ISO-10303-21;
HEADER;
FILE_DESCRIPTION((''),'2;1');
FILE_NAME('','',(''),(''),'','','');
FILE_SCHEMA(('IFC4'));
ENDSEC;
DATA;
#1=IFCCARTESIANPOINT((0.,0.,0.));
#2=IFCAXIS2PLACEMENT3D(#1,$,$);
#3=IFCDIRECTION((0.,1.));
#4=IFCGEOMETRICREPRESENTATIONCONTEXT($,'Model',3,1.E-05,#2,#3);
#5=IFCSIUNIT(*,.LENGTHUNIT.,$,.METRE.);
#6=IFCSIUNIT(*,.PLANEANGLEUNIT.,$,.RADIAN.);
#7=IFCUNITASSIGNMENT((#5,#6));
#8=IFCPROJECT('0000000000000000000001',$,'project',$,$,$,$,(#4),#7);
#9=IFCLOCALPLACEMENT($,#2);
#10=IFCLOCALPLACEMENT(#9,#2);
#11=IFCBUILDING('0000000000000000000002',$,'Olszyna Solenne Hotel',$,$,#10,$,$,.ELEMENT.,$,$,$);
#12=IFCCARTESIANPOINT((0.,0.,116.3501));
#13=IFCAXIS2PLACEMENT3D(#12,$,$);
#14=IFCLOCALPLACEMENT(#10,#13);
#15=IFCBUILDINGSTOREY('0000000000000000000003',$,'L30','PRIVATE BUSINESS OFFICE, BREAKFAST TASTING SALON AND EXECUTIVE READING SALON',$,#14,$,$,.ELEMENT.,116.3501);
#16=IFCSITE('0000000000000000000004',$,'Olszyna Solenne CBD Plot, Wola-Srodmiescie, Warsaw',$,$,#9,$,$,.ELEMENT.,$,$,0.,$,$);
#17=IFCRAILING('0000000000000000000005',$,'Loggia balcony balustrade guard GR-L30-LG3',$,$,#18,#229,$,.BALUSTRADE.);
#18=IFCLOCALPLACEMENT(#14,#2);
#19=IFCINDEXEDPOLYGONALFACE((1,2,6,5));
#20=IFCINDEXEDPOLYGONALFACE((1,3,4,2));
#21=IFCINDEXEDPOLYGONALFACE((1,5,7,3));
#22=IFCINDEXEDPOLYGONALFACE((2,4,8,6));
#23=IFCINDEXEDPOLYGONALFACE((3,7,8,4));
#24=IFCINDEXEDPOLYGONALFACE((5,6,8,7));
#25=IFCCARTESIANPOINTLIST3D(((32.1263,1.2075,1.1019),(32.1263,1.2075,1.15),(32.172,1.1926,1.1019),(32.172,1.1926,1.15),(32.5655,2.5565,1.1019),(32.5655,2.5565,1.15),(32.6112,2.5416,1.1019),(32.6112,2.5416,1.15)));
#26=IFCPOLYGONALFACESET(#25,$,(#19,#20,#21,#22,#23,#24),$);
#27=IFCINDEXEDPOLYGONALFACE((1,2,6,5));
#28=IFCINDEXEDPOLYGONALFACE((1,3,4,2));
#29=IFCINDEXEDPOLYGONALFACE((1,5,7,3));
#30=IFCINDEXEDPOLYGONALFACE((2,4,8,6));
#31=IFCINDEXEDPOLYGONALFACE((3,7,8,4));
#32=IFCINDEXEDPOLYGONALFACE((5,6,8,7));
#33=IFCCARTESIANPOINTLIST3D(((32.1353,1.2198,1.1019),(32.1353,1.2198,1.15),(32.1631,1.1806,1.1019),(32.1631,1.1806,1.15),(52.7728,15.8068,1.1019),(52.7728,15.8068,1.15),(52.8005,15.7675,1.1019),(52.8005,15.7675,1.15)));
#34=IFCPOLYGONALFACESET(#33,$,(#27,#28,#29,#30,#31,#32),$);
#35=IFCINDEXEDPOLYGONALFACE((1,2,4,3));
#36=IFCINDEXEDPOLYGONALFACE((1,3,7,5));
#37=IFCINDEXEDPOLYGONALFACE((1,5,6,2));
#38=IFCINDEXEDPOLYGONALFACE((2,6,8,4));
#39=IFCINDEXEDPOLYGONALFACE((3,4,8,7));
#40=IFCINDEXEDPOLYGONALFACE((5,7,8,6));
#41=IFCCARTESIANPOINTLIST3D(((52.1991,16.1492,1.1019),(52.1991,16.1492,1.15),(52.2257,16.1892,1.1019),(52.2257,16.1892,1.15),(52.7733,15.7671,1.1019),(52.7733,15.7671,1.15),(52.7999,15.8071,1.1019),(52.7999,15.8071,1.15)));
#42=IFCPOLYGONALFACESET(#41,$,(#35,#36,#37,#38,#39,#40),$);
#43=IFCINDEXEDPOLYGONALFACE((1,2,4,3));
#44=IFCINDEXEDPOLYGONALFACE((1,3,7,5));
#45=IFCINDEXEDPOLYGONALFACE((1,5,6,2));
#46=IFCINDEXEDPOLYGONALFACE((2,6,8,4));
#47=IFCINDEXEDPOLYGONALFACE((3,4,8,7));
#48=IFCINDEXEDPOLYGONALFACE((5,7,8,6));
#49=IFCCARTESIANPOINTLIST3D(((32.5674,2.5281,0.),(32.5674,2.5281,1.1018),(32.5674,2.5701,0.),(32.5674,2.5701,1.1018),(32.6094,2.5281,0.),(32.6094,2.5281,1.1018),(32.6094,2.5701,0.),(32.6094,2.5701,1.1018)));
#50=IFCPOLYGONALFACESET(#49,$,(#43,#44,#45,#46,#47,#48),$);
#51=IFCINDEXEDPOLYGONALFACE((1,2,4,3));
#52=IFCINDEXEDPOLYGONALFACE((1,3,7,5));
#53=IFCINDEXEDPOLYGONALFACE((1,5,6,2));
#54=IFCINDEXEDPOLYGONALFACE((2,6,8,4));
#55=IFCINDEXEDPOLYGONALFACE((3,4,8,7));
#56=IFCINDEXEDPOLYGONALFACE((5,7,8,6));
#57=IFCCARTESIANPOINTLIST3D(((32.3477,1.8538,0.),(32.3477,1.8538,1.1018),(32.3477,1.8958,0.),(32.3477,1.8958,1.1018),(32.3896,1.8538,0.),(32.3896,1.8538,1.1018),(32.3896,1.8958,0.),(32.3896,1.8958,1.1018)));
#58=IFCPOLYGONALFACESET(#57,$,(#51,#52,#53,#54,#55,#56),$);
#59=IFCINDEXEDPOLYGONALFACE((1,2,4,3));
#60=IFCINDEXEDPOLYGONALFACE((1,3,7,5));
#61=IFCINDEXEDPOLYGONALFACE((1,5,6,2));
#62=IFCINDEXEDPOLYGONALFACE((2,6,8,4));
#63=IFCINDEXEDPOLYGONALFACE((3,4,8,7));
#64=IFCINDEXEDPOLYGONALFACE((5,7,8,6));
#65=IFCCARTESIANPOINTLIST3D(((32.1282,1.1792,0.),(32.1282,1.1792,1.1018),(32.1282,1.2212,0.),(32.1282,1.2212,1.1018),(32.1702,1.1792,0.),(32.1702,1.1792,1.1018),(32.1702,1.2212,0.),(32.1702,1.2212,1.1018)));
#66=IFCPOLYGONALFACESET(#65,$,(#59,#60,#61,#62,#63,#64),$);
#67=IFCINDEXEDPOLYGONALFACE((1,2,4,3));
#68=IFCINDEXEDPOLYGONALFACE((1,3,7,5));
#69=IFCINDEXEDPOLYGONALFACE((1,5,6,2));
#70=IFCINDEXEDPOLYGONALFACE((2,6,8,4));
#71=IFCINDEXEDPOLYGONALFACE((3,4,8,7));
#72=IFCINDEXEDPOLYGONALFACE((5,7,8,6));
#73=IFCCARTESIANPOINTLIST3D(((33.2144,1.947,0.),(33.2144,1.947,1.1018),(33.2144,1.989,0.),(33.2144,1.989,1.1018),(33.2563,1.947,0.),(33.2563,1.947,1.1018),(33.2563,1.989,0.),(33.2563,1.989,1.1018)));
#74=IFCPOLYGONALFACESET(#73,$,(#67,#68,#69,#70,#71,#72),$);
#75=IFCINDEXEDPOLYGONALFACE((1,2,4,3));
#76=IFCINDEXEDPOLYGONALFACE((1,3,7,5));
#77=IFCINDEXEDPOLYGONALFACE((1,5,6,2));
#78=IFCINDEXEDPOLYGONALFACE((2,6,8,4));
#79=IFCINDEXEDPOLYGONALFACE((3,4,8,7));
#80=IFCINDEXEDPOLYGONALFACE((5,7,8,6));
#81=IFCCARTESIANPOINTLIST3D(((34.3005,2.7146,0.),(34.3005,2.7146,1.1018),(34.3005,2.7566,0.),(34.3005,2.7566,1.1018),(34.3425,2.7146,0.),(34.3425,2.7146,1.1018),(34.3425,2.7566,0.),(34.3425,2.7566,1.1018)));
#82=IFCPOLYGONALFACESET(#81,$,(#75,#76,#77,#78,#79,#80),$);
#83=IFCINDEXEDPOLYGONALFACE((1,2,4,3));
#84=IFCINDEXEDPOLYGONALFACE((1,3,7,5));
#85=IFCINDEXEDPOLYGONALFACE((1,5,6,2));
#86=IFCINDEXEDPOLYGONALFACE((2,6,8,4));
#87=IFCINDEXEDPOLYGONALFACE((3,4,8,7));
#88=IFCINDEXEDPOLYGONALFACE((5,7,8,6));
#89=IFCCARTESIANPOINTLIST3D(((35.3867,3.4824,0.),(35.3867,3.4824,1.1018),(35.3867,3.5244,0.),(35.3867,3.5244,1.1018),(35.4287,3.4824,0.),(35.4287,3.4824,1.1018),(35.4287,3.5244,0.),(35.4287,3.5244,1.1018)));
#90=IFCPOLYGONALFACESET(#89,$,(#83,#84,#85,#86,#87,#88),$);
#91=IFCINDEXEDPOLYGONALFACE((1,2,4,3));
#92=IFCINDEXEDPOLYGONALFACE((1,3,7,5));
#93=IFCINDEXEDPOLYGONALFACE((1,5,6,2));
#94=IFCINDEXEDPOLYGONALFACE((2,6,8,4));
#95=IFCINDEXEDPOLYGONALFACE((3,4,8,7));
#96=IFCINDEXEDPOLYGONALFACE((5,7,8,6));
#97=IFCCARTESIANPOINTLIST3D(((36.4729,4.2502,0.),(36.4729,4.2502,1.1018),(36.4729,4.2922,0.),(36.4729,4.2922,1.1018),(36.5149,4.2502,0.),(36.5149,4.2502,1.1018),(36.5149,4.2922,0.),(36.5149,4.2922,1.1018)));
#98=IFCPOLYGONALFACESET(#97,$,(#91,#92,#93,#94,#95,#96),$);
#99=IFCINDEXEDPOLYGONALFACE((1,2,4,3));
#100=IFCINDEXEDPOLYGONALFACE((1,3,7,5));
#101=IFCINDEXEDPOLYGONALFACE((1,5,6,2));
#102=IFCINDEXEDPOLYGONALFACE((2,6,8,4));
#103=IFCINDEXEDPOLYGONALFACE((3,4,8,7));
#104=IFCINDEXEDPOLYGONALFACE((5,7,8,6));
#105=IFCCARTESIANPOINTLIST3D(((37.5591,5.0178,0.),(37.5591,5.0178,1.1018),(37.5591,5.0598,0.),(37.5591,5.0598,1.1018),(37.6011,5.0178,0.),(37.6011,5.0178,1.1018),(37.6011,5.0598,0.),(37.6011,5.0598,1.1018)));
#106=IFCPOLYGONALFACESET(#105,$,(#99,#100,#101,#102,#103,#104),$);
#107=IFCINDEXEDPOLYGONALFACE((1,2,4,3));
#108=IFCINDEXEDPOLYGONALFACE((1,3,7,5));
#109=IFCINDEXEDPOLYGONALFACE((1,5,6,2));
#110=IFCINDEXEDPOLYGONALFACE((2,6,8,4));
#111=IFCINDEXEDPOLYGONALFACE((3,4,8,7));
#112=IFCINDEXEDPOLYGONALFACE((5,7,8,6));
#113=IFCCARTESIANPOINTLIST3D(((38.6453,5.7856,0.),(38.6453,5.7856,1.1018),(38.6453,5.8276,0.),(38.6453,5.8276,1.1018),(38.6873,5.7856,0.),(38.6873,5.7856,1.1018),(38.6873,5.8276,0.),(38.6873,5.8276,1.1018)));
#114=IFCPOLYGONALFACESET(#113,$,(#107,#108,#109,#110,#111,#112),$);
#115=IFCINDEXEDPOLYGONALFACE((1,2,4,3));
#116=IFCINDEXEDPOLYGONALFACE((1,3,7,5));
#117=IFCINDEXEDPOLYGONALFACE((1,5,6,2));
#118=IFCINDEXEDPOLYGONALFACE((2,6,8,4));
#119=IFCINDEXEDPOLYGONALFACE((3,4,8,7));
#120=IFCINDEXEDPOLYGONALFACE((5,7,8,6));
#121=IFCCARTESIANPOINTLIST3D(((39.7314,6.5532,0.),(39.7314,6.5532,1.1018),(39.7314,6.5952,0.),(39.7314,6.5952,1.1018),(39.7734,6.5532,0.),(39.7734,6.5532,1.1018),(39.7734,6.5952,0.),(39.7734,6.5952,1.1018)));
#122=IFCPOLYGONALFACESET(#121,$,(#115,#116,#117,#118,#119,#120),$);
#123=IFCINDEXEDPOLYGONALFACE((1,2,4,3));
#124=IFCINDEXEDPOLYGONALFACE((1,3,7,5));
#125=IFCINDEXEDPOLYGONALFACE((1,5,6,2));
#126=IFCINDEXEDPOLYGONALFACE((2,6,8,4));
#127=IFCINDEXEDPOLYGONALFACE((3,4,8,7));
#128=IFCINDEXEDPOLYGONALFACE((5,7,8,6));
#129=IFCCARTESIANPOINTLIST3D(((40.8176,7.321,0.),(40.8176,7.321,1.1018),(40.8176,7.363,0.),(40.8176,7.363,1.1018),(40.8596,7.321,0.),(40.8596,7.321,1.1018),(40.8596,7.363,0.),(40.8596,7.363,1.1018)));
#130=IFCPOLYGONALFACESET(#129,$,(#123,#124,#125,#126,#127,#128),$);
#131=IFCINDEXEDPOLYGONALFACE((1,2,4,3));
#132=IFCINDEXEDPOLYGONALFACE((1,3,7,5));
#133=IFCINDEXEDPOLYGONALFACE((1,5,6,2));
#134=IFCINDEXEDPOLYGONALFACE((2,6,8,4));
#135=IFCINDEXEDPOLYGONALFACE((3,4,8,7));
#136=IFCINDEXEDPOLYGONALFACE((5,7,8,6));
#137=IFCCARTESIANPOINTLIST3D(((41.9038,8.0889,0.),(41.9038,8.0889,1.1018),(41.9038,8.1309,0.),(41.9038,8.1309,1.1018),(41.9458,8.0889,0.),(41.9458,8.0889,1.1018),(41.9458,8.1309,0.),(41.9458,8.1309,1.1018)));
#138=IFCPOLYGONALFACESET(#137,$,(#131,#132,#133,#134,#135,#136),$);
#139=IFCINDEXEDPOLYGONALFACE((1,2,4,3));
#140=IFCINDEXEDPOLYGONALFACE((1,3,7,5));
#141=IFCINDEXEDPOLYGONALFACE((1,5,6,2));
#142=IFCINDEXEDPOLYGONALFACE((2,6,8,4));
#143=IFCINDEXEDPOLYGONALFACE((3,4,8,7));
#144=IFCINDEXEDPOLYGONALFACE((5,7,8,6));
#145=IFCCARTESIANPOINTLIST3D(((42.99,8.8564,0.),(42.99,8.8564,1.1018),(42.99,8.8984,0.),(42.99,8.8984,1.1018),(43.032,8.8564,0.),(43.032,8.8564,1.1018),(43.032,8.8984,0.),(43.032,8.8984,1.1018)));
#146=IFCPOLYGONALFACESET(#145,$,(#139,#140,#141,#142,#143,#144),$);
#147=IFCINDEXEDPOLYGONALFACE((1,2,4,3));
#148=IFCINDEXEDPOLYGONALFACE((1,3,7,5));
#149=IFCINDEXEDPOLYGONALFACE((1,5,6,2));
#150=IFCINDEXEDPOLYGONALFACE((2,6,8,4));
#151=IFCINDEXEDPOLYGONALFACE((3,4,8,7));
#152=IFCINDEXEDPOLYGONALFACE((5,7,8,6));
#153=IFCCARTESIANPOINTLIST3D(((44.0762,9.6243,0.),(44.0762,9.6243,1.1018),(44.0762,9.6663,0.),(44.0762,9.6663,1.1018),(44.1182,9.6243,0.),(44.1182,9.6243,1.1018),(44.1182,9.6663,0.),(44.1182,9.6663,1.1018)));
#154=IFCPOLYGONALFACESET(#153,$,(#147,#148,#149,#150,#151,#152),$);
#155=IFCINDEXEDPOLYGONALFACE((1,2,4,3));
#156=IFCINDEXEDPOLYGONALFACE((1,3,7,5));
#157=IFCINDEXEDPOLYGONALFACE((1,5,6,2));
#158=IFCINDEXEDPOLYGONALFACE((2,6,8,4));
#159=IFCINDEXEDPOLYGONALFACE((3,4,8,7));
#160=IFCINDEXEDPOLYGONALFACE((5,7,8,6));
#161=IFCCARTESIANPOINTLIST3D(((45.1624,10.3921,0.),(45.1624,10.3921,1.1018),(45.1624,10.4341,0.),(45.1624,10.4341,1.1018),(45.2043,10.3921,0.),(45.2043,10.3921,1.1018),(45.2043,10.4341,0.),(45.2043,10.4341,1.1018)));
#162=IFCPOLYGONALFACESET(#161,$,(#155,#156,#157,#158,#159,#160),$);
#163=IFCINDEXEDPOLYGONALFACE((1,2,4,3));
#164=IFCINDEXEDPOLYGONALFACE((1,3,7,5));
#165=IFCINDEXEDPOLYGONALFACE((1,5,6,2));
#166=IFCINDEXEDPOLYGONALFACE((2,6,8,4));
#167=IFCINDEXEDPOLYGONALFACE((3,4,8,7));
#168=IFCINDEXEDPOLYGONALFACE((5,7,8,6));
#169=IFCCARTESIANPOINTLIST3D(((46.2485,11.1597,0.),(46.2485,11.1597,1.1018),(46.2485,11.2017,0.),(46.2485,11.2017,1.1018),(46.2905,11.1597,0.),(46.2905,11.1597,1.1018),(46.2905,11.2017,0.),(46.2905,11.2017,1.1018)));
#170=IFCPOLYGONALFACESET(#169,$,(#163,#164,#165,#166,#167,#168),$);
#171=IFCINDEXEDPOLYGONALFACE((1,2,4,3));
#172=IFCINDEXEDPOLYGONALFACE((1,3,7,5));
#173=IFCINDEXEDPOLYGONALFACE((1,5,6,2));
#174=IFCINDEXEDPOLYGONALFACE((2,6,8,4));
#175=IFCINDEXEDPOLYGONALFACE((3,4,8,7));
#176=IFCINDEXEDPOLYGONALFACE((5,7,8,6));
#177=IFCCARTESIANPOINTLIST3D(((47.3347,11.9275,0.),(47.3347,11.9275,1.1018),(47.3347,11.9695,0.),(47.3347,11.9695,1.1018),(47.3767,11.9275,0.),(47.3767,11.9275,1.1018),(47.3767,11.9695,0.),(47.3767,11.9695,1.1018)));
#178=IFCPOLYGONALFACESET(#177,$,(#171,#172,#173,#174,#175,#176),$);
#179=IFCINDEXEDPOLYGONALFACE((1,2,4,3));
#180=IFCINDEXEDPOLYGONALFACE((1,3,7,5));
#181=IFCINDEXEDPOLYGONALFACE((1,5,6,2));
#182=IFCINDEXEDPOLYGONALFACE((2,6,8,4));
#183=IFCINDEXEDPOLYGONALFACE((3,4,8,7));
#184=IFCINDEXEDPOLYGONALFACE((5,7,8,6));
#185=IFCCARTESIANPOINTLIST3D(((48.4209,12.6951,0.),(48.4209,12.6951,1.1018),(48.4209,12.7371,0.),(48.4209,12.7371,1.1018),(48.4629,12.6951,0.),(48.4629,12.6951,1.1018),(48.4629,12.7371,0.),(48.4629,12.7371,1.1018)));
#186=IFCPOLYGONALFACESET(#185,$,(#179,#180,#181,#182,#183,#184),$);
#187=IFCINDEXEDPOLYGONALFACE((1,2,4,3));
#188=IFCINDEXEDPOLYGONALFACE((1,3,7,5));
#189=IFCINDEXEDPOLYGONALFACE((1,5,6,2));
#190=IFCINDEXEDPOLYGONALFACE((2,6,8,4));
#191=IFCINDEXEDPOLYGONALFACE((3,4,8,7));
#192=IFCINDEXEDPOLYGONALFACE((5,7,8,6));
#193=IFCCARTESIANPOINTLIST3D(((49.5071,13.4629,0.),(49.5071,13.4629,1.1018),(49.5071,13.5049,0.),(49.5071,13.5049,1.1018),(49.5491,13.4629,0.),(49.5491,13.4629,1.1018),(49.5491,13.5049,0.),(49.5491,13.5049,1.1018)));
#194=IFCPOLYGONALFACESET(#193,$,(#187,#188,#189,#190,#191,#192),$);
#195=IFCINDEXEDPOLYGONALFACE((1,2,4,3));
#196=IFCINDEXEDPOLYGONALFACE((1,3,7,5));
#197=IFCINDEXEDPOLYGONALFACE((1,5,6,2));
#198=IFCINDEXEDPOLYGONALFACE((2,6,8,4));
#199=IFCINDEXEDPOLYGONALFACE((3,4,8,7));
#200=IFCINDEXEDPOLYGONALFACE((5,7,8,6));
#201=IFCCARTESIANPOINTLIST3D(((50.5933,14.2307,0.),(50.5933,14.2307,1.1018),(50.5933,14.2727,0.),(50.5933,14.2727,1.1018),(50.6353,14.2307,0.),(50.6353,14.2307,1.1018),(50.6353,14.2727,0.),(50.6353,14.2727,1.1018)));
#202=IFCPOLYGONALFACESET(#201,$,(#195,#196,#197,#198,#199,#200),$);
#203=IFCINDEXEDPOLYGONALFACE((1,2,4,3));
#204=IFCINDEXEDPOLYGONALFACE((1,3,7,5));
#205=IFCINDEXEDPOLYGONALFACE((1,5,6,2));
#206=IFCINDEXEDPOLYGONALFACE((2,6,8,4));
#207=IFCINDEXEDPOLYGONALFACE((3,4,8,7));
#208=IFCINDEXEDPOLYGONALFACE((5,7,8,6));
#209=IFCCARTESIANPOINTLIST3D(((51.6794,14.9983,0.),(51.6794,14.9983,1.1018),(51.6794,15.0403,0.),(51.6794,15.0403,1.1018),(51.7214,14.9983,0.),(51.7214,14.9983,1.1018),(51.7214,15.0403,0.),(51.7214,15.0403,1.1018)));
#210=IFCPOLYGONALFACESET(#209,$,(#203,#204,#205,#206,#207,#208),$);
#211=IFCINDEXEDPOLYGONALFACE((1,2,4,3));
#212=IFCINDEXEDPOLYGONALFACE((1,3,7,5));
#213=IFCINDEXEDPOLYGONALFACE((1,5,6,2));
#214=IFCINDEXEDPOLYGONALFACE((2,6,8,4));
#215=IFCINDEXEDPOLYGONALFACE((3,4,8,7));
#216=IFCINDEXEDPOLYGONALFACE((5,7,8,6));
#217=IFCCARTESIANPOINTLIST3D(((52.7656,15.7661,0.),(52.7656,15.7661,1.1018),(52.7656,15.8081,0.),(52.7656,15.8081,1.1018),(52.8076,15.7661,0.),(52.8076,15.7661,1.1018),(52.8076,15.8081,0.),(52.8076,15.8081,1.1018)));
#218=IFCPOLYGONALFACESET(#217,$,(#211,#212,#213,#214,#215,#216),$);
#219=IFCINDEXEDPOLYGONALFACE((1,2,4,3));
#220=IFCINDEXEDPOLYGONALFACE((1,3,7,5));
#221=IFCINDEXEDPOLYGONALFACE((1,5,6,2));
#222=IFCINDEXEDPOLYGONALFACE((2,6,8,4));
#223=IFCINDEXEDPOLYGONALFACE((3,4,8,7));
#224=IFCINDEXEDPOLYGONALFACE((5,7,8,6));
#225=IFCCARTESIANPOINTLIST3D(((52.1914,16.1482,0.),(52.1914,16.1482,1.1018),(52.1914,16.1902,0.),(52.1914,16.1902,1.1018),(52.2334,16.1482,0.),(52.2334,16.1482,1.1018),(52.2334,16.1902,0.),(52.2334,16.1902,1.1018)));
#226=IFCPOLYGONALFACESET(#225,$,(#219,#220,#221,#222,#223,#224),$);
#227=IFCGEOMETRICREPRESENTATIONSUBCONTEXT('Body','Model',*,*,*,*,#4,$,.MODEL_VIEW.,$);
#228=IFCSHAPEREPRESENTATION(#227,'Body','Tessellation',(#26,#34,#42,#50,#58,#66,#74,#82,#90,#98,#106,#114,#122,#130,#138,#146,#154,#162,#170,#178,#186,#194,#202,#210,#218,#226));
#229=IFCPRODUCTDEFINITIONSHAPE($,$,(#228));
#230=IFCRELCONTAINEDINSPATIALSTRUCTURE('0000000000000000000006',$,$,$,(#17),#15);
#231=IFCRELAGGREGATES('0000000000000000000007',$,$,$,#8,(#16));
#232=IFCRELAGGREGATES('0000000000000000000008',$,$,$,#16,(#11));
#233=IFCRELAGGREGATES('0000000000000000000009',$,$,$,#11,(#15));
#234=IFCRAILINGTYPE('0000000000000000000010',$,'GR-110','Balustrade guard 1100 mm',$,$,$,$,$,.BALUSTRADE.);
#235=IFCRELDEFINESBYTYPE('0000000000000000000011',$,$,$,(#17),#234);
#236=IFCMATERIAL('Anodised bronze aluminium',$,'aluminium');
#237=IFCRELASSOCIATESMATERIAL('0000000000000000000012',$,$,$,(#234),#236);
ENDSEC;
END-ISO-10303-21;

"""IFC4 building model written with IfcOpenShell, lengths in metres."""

from ifc_helpers import new_model, si_unit, direction, frame, origin, origin_2d, place, context, subcontext, project, spatial, rectangle, extrude, material, type_object, element, save


model = new_model("IFC4")

# Units and contexts
model_context = context("Model", 3, precision=1e-05, world=origin(), true_north=direction((0.0, 1.0)))
body_context = subcontext(model_context, "Body", "Model", "MODEL_VIEW")
ifc_project = project(units=[si_unit("LENGTHUNIT", "METRE"), si_unit("PLANEANGLEUNIT", "RADIAN")], contexts=[model_context])

# Site, building, storey
site_placement = place(None, origin())
site = spatial("IfcSite", under=ifc_project, at=site_placement, Name="Olszyna Solenne CBD Plot, Wola-Srodmiescie, Warsaw", CompositionType="ELEMENT", RefElevation=0.0)
building_placement = place(site_placement, origin())
building = spatial("IfcBuilding", under=site, at=building_placement, Name="Olszyna Solenne Hotel", CompositionType="ELEMENT")
storey_placement = place(building_placement, frame((0.0, 0.0, 116.3501)))
storey = spatial("IfcBuildingStorey", under=building, at=storey_placement, Name="L30", Description="PRIVATE BUSINESS OFFICE, BREAKFAST TASTING SALON AND EXECUTIVE READING SALON", CompositionType="ELEMENT", Elevation=116.3501)

# Railing
ifc_material_1 = material(Name="Anodised bronze aluminium", Category="aluminium")
railing_type_1 = type_object("IfcRailingType", Name="GR-110", Description="Balustrade guard 1100 mm", PredefinedType="BALUSTRADE", material=ifc_material_1)
railing_1_placement = place(storey_placement, frame((32.5884, 2.5491, 0.0)))
element("IfcRailing", 1, at=railing_1_placement, inside=storey, type_object=railing_type_1, Name="Loggia balcony balustrade guard GR-L30-LG3", PredefinedType="BALUSTRADE", context=body_context, shape_type="SweptSolid", body=[
    extrude(rectangle(XDim=0.0481, YDim=0.0481, at=origin_2d()), frame((0.0, 0.0, 1.126), z_axis=(-0.309611, -0.950863, 0.0), x_axis=(0.950863, -0.309611, 0.0)), (0.0, 0.0, 1.0), 1.4187),
    extrude(rectangle(XDim=0.0481, YDim=0.0481, at=origin_2d()), frame((-0.4392, -1.3489, 1.126), z_axis=(0.816608, 0.577193, 0.0), x_axis=(-0.577193, 0.816608, 0.0)), (0.0, 0.0, 1.0), 25.2722),
    extrude(rectangle(XDim=0.0481, YDim=0.0481, at=origin_2d()), frame((20.1982, 13.238, 1.126), z_axis=(-0.83254, 0.553965, 0.0), x_axis=(-0.553965, -0.83254, 0.0)), (0.0, 0.0, 1.0), 0.6897),
    extrude(rectangle(XDim=0.042, YDim=0.042, at=origin_2d()), origin(), (0.0, 0.0, 1.0), 1.1018),
    extrude(rectangle(XDim=0.042, YDim=0.042, at=origin_2d()), frame((-0.2197, -0.6743, 0.0)), (0.0, 0.0, 1.0), 1.1018),
    extrude(rectangle(XDim=0.042, YDim=0.042, at=origin_2d()), frame((-0.4392, -1.3489, 0.0)), (0.0, 0.0, 1.0), 1.1018),
    extrude(rectangle(XDim=0.042, YDim=0.042, at=origin_2d()), frame((0.647, -0.5811, 0.0)), (0.0, 0.0, 1.0), 1.1018),
    extrude(rectangle(XDim=0.042, YDim=0.042, at=origin_2d()), frame((1.7332, 0.1865, 0.0)), (0.0, 0.0, 1.0), 1.1018),
    extrude(rectangle(XDim=0.042, YDim=0.042, at=origin_2d()), frame((2.8193, 0.9543, 0.0)), (0.0, 0.0, 1.0), 1.1018),
    extrude(rectangle(XDim=0.042, YDim=0.042, at=origin_2d()), frame((3.9055, 1.7222, 0.0)), (0.0, 0.0, 1.0), 1.1018),
    extrude(rectangle(XDim=0.042, YDim=0.042, at=origin_2d()), frame((4.9917, 2.4897, 0.0)), (0.0, 0.0, 1.0), 1.1018),
    extrude(rectangle(XDim=0.042, YDim=0.042, at=origin_2d()), frame((6.0779, 3.2576, 0.0)), (0.0, 0.0, 1.0), 1.1018),
    extrude(rectangle(XDim=0.042, YDim=0.042, at=origin_2d()), frame((7.1641, 4.0251, 0.0)), (0.0, 0.0, 1.0), 1.1018),
    extrude(rectangle(XDim=0.042, YDim=0.042, at=origin_2d()), frame((8.2502, 4.793, 0.0)), (0.0, 0.0, 1.0), 1.1018),
    extrude(rectangle(XDim=0.042, YDim=0.042, at=origin_2d()), frame((9.3364, 5.5608, 0.0)), (0.0, 0.0, 1.0), 1.1018),
    extrude(rectangle(XDim=0.042, YDim=0.042, at=origin_2d()), frame((10.4226, 6.3284, 0.0)), (0.0, 0.0, 1.0), 1.1018),
    extrude(rectangle(XDim=0.042, YDim=0.042, at=origin_2d()), frame((11.5088, 7.0962, 0.0)), (0.0, 0.0, 1.0), 1.1018),
    extrude(rectangle(XDim=0.042, YDim=0.042, at=origin_2d()), frame((12.595, 7.864, 0.0)), (0.0, 0.0, 1.0), 1.1018),
    extrude(rectangle(XDim=0.042, YDim=0.042, at=origin_2d()), frame((13.6812, 8.6316, 0.0)), (0.0, 0.0, 1.0), 1.1018),
    extrude(rectangle(XDim=0.042, YDim=0.042, at=origin_2d()), frame((14.7673, 9.3994, 0.0)), (0.0, 0.0, 1.0), 1.1018),
    extrude(rectangle(XDim=0.042, YDim=0.042, at=origin_2d()), frame((15.8535, 10.167, 0.0)), (0.0, 0.0, 1.0), 1.1018),
    extrude(rectangle(XDim=0.042, YDim=0.042, at=origin_2d()), frame((16.9397, 10.9348, 0.0)), (0.0, 0.0, 1.0), 1.1018),
    extrude(rectangle(XDim=0.042, YDim=0.042, at=origin_2d()), frame((18.0259, 11.7026, 0.0)), (0.0, 0.0, 1.0), 1.1018),
    extrude(rectangle(XDim=0.042, YDim=0.042, at=origin_2d()), frame((19.1121, 12.4702, 0.0)), (0.0, 0.0, 1.0), 1.1018),
    extrude(rectangle(XDim=0.042, YDim=0.042, at=origin_2d()), frame((20.1982, 13.238, 0.0)), (0.0, 0.0, 1.0), 1.1018),
    extrude(rectangle(XDim=0.042, YDim=0.042, at=origin_2d()), frame((19.624, 13.6201, 0.0)), (0.0, 0.0, 1.0), 1.1018),
])

save(model, "model.ifc")
